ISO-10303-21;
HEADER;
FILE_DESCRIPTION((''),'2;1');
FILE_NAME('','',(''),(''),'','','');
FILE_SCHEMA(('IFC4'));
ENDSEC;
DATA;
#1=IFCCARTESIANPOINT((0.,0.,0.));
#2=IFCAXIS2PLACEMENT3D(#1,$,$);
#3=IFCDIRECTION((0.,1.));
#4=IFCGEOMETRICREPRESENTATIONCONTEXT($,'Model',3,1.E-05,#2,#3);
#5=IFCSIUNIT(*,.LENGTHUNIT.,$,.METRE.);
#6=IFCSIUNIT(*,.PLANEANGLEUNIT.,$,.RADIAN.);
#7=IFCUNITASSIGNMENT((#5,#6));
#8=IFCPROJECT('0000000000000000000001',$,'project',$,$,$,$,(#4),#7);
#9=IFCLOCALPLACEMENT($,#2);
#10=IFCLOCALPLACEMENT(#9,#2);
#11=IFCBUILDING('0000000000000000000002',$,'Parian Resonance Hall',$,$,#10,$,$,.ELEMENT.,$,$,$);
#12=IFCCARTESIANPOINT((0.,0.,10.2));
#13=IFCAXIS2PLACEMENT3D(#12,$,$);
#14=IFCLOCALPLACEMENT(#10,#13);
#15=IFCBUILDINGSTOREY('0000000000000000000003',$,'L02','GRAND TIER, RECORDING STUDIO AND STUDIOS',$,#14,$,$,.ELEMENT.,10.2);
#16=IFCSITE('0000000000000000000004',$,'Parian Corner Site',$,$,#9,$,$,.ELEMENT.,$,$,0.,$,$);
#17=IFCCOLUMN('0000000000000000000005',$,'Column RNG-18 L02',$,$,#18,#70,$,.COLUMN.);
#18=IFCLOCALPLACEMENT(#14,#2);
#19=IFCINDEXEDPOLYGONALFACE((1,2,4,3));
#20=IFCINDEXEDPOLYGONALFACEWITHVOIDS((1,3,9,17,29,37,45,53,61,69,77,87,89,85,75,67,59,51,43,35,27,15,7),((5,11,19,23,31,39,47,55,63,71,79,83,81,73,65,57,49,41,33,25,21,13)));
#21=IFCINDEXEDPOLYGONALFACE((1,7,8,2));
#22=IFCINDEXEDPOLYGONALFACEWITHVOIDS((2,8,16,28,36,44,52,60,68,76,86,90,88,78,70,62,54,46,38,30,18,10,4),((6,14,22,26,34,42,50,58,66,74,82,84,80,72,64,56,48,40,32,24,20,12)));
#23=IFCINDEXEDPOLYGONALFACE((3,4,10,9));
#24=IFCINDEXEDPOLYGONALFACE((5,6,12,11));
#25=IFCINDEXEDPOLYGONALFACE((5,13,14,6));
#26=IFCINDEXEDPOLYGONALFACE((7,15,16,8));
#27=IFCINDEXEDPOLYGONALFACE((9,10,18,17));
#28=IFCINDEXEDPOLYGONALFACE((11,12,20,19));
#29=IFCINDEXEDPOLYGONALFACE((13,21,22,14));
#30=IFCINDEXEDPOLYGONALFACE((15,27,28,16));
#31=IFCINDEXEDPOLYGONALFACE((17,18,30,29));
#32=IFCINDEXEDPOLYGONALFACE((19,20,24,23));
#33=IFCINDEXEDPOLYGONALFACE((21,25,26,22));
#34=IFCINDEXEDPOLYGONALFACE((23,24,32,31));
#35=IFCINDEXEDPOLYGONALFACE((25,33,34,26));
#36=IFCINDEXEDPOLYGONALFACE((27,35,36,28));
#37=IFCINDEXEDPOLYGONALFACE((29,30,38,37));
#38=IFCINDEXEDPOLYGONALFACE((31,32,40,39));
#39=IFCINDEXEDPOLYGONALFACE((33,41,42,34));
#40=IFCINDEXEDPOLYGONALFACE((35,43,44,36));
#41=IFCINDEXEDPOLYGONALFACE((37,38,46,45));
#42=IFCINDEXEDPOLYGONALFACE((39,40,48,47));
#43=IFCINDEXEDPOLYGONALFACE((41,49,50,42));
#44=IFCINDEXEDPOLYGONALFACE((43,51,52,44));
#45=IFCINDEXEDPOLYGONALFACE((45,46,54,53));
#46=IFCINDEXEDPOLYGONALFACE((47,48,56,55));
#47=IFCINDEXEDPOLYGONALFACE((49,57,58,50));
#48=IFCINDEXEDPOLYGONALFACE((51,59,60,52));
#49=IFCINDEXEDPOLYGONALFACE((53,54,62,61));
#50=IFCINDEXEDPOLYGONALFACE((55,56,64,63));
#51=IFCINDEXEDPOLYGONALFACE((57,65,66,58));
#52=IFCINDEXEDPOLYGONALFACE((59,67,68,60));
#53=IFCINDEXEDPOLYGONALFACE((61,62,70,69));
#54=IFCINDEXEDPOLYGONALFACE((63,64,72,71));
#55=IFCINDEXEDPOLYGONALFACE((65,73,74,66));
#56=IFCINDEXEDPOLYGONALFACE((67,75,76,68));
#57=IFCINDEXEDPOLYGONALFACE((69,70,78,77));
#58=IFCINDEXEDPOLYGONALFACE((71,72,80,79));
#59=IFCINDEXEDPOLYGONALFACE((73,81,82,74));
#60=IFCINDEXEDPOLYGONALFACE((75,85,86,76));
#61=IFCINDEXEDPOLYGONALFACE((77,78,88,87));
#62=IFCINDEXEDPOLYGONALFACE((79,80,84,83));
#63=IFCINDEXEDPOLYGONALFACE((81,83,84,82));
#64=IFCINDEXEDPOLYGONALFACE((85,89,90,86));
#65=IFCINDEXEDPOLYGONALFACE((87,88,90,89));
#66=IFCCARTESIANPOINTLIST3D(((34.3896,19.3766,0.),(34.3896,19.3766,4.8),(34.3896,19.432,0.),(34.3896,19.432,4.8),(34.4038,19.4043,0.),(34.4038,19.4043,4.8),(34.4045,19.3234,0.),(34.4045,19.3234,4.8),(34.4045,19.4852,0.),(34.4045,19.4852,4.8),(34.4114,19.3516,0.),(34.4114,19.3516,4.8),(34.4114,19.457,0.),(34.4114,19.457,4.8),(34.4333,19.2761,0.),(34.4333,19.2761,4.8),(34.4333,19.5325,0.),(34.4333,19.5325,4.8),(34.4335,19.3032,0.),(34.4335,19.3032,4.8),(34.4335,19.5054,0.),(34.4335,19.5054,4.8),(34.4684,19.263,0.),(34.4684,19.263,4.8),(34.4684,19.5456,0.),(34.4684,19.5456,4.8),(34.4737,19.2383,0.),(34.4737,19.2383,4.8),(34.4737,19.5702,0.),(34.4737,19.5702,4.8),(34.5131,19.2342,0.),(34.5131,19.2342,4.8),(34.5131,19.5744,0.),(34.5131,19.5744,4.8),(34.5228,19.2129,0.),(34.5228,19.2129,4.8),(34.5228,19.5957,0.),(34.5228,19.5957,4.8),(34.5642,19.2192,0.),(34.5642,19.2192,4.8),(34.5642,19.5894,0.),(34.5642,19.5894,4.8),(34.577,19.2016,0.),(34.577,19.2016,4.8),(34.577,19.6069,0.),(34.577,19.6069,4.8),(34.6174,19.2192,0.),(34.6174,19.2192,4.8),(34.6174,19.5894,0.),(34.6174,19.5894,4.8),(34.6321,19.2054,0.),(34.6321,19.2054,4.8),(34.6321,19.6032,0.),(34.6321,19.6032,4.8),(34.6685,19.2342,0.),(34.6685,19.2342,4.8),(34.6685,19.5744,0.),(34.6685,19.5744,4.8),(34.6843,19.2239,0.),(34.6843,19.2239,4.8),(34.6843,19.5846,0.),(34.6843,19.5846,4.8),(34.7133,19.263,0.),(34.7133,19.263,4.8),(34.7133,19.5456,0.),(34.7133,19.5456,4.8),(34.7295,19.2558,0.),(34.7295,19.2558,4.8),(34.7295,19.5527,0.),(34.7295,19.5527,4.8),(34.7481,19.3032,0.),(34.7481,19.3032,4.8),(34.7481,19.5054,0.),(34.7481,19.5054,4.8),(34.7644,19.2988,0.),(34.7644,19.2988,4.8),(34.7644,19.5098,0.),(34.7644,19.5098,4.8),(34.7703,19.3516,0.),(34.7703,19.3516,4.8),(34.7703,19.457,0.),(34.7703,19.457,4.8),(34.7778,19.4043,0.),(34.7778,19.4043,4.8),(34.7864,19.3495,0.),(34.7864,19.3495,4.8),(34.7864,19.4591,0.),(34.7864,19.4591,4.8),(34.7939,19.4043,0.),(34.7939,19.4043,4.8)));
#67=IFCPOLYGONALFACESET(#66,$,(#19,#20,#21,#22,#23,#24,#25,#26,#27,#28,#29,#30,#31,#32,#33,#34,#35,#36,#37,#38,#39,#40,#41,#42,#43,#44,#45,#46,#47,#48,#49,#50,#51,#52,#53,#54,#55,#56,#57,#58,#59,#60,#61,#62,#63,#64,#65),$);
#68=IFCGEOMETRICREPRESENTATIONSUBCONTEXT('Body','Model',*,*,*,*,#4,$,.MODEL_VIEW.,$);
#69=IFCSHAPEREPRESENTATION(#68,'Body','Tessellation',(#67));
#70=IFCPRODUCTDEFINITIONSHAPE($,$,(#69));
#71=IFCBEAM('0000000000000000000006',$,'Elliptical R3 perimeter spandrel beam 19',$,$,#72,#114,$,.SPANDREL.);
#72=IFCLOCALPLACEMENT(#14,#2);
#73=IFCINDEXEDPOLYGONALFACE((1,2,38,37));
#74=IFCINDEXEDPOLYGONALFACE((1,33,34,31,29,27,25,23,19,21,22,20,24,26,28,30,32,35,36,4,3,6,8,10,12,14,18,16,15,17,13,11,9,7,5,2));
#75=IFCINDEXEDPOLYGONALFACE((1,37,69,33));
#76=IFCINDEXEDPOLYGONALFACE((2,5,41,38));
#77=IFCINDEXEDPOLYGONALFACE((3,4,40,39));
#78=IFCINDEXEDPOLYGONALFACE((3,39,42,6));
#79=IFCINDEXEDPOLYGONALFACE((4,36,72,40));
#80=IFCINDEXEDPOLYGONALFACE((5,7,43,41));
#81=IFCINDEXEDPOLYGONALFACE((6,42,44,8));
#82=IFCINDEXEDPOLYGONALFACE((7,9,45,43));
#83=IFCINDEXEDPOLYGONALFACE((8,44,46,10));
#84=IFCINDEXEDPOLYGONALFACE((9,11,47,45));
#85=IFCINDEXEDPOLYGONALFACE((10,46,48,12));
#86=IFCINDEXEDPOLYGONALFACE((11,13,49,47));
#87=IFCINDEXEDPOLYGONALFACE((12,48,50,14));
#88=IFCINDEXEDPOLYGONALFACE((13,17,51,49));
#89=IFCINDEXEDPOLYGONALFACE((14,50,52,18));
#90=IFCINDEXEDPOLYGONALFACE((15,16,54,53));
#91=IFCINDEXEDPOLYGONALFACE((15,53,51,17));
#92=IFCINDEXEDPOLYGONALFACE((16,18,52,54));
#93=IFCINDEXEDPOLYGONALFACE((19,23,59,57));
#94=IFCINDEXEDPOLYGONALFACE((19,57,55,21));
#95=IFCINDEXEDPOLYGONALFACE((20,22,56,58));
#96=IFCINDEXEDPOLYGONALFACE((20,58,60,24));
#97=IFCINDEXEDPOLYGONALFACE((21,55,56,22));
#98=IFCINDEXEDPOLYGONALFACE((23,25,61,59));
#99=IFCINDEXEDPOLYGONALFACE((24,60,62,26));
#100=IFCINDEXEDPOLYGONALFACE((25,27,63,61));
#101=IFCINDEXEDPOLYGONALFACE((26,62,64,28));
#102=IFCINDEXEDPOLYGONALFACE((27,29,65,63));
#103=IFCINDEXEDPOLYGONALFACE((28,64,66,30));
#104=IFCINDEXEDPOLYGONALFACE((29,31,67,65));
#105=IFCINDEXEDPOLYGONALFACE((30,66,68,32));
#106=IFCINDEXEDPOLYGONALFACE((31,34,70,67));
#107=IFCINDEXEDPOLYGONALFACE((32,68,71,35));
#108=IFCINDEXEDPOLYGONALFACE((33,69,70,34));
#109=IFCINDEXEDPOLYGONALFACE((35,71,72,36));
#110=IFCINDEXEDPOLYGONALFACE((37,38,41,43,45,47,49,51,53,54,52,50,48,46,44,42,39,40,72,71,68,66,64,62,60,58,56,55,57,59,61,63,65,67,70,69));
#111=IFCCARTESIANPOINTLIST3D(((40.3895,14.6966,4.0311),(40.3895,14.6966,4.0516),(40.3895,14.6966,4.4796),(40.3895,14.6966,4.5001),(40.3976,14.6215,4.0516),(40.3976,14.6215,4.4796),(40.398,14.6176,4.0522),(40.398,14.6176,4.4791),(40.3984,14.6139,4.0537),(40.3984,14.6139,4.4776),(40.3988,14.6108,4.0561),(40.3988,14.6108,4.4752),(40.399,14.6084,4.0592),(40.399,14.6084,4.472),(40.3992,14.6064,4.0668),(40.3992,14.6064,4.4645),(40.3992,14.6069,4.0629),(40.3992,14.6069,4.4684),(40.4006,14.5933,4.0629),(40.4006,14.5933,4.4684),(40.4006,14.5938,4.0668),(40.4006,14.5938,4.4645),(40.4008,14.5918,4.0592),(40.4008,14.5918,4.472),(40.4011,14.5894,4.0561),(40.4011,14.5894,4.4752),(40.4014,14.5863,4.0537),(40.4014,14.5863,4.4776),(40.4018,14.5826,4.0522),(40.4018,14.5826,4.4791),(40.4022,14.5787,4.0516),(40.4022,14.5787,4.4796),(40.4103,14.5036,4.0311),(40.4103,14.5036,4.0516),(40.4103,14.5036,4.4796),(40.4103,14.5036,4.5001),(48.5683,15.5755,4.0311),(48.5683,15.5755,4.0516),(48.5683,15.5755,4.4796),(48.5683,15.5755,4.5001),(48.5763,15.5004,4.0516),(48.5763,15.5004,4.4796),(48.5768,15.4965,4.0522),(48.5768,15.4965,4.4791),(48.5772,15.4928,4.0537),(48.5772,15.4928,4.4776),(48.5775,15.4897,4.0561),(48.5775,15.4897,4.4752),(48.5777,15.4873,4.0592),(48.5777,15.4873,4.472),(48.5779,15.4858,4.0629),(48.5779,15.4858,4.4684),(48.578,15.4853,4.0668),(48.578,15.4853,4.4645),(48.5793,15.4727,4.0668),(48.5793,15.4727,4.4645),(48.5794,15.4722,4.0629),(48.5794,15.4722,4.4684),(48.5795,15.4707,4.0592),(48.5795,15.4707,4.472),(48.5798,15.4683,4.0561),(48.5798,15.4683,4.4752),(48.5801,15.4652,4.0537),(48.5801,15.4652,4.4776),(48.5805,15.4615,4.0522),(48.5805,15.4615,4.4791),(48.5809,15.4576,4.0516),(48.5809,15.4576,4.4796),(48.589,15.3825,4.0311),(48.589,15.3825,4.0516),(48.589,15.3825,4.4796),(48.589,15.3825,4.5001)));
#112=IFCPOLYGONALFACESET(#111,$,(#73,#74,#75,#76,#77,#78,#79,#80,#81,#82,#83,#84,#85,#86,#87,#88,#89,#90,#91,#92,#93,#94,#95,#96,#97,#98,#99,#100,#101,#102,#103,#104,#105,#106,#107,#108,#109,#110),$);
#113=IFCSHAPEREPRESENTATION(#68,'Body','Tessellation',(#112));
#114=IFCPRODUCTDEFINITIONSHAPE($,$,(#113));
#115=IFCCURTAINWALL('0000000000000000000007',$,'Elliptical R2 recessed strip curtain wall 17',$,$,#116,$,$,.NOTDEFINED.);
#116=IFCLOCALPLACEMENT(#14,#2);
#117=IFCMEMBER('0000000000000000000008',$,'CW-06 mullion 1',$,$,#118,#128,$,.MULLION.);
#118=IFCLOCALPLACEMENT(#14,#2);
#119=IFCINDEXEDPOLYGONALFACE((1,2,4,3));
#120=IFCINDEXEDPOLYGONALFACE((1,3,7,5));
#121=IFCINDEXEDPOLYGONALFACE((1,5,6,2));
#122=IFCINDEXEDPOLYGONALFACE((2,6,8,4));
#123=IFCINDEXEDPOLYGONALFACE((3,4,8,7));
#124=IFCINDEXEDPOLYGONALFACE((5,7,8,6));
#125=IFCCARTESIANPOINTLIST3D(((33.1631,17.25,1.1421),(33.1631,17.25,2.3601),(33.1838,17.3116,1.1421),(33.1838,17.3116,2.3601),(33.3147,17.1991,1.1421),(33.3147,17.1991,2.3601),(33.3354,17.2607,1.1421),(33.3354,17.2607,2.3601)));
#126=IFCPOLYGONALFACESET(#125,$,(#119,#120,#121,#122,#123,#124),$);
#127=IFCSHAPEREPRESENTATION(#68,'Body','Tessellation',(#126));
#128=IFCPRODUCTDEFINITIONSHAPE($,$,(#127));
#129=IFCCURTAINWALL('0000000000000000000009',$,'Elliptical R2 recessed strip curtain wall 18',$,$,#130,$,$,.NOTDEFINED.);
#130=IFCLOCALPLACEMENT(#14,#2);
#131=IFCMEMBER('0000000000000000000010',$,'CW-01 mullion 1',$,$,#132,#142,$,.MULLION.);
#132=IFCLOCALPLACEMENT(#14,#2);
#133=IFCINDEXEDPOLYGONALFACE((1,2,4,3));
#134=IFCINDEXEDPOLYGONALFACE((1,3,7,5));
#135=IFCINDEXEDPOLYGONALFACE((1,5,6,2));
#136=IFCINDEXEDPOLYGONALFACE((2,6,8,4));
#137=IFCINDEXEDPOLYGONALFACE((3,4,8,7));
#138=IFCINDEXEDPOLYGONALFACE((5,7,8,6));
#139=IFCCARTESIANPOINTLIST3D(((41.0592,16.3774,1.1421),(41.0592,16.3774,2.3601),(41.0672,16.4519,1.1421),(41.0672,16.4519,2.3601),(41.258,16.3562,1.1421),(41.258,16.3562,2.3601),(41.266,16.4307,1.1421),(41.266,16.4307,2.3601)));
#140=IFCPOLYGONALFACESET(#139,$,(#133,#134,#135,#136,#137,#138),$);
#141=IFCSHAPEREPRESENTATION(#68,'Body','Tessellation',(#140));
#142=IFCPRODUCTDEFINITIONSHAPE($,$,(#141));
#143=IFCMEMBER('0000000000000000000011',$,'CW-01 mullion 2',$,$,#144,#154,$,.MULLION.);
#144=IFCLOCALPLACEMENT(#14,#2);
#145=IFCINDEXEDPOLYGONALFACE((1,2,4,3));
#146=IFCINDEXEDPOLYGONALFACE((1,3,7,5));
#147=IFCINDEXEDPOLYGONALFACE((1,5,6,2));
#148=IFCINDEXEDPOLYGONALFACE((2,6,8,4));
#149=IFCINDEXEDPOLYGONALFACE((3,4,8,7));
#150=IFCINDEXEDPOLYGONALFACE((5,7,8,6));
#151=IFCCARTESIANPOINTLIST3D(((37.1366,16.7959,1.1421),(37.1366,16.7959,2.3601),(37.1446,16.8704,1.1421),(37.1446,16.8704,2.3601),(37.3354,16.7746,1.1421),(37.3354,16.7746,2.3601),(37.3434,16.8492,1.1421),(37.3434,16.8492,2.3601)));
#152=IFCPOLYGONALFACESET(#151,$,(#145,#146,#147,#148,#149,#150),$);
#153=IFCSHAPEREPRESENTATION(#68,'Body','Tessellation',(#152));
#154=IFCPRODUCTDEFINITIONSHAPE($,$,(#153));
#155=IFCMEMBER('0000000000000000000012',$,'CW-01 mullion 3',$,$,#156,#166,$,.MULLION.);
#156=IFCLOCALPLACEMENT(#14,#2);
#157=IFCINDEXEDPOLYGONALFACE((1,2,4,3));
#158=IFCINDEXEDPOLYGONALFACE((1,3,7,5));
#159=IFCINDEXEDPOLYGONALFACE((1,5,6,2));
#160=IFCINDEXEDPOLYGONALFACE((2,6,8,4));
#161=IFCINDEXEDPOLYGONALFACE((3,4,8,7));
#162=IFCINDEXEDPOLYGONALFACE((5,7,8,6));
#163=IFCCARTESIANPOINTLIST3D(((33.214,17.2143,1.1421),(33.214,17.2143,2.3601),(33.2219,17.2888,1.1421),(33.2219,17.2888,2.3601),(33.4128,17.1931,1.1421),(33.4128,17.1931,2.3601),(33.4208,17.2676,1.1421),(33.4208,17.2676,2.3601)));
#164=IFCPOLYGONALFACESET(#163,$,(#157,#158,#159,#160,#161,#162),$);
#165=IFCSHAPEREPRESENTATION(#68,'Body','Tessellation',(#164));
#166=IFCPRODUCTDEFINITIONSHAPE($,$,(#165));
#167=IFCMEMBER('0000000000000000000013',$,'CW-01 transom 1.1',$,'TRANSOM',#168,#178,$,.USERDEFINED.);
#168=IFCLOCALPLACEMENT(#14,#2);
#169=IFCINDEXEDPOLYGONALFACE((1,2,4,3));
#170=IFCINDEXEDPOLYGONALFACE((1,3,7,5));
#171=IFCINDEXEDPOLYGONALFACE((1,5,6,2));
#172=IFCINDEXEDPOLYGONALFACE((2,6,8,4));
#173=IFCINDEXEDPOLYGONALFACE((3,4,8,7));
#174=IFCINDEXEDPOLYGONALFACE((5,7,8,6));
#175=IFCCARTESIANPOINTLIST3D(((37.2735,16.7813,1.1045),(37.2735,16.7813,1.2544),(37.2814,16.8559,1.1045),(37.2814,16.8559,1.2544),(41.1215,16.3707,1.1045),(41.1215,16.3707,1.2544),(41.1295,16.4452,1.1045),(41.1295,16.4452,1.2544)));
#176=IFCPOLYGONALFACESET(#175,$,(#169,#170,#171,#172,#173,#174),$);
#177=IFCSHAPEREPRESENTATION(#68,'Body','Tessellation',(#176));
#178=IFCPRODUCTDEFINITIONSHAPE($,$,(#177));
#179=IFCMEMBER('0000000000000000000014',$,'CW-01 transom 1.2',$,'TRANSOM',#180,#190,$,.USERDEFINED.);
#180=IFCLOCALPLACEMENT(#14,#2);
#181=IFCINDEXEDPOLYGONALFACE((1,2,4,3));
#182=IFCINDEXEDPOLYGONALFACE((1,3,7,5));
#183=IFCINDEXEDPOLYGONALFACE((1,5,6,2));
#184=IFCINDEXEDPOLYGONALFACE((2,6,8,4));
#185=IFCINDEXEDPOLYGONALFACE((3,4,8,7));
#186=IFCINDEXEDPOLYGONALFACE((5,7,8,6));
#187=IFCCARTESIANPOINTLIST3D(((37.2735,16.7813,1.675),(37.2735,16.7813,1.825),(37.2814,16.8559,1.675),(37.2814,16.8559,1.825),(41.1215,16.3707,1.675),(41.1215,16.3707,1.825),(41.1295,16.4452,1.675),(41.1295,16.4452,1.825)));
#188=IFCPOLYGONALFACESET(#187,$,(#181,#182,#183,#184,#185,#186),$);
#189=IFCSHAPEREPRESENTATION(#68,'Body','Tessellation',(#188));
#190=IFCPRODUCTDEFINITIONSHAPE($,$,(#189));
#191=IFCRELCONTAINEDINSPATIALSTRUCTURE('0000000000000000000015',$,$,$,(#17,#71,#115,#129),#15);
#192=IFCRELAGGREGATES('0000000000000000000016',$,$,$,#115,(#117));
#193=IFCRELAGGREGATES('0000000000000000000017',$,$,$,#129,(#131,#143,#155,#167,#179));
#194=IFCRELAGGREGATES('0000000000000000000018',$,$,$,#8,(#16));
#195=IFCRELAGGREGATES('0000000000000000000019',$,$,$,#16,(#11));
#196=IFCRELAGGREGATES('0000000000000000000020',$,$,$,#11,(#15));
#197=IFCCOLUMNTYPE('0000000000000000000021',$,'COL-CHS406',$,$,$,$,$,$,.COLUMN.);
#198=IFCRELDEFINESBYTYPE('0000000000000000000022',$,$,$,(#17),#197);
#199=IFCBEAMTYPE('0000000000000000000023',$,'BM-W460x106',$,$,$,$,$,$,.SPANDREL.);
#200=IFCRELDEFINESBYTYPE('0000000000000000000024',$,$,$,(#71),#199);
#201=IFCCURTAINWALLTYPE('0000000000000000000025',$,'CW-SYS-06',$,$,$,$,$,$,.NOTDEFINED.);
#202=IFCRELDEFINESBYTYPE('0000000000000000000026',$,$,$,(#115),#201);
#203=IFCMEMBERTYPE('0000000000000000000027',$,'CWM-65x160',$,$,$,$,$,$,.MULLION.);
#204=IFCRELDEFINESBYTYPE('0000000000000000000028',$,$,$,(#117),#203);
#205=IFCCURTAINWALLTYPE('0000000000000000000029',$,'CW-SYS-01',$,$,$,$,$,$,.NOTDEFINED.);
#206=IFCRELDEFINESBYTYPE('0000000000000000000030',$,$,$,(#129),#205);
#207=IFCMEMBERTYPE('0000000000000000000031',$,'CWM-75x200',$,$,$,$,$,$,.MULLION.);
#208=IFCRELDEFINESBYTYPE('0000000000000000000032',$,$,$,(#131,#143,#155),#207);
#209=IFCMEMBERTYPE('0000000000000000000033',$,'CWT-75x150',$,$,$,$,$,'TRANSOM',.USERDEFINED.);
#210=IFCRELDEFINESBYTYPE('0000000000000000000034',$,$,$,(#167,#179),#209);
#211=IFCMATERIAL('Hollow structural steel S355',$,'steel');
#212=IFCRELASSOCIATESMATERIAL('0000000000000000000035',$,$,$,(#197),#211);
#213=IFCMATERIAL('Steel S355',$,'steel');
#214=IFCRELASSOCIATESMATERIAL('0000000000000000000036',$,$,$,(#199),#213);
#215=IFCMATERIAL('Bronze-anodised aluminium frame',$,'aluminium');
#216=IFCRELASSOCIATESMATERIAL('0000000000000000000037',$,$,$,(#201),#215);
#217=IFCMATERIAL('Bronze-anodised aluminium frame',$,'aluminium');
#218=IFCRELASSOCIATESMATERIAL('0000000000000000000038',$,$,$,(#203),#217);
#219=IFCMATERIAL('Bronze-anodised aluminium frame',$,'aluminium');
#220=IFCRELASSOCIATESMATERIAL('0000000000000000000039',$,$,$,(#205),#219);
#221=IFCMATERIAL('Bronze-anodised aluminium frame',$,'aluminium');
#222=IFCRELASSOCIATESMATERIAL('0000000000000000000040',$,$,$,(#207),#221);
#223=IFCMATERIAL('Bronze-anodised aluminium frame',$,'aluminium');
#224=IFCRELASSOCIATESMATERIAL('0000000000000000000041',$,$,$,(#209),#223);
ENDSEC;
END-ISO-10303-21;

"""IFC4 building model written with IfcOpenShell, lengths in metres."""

from ifc_helpers import new_model, si_unit, direction, frame, origin, origin_2d, place, context, subcontext, project, spatial, rectangle, hollow_circle, i_section, extrude, material, material_profile, profile_set, type_object, element, aggregate, save


model = new_model("IFC4")

# Units and contexts
model_context = context("Model", 3, precision=1e-05, world=origin(), true_north=direction((0.0, 1.0)))
body_context = subcontext(model_context, "Body", "Model", "MODEL_VIEW")
ifc_project = project(units=[si_unit("LENGTHUNIT", "METRE"), si_unit("PLANEANGLEUNIT", "RADIAN")], contexts=[model_context])

# Site, building, storey
site_placement = place(None, origin())
site = spatial("IfcSite", under=ifc_project, at=site_placement, Name="Parian Corner Site", CompositionType="ELEMENT", RefElevation=0.0)
building_placement = place(site_placement, origin())
building = spatial("IfcBuilding", under=site, at=building_placement, Name="Parian Resonance Hall", CompositionType="ELEMENT")
storey_placement = place(building_placement, frame((0.0, 0.0, 10.2)))
storey = spatial("IfcBuildingStorey", under=building, at=storey_placement, Name="L02", Description="GRAND TIER, RECORDING STUDIO AND STUDIOS", CompositionType="ELEMENT", Elevation=10.2)

# Column
ifc_material_1 = material(Name="Hollow structural steel S355", Category="steel")
ifc_material_profile_1 = material_profile(ifc_material_1, hollow_circle(Radius=0.2031, WallThickness=0.0161, at=origin_2d()), Name="CHS406.4x16")
ifc_profile_set_1 = profile_set([ifc_material_profile_1], Name="Hollow structural steel S355")
column_type = type_object("IfcColumnType", Name="COL-CHS406", PredefinedType="COLUMN", material=ifc_profile_set_1)
column_placement = place(storey_placement, frame((34.5908, 19.4043, 0.0), z_axis=(0.0, 0.0, 1.0), x_axis=(1.0, 0.0, 0.0)))
element("IfcColumn", 1, at=column_placement, inside=storey, type_object=column_type, Name="Column RNG-18 L02", PredefinedType="COLUMN", context=body_context, shape_type="SweptSolid", body=[
    extrude(hollow_circle(Radius=0.2031, WallThickness=0.0161, at=origin_2d()), origin(), (0.0, 0.0, 1.0), 4.8),
])

# Beam
ifc_material_2 = material(Name="Steel S355", Category="steel")
ifc_material_profile_2 = material_profile(ifc_material_2, i_section(OverallWidth=0.1941, OverallDepth=0.469, WebThickness=0.0127, FlangeThickness=0.0205, FilletRadius=0.0151, at=origin_2d()), Name="W460x106")
ifc_profile_set_2 = profile_set([ifc_material_profile_2], Name="Steel S355")
beam_type = type_object("IfcBeamType", Name="BM-W460x106", PredefinedType="SPANDREL", material=ifc_profile_set_2)
beam_placement = place(storey_placement, frame((40.3999, 14.6001, 4.2656), z_axis=(0.994275, 0.106848, 0.0), x_axis=(-0.106848, 0.994275, 0.0)))
element("IfcBeam", 2, at=beam_placement, inside=storey, type_object=beam_type, Name="Elliptical R3 perimeter spandrel beam 19", PredefinedType="SPANDREL", context=body_context, shape_type="SweptSolid", body=[
    extrude(i_section(OverallWidth=0.1941, OverallDepth=0.469, WebThickness=0.0127, FlangeThickness=0.0205, FilletRadius=0.0151, at=origin_2d()), origin(), (0.0, 0.0, 1.0), 8.2258),
])

# Curtain wall, member
ifc_material_3 = material(Name="Bronze-anodised aluminium frame", Category="aluminium")
curtain_wall_type_1 = type_object("IfcCurtainWallType", Name="CW-SYS-06", PredefinedType="NOTDEFINED", material=ifc_material_3)
curtain_wall_1_placement = place(storey_placement, origin())
curtain_wall_1 = element("IfcCurtainWall", 3, at=curtain_wall_1_placement, inside=storey, type_object=curtain_wall_type_1, Name="Elliptical R2 recessed strip curtain wall 17", PredefinedType="NOTDEFINED")
ifc_material_4 = material(Name="Bronze-anodised aluminium frame", Category="aluminium")
ifc_material_profile_3 = material_profile(ifc_material_4, rectangle(XDim=0.0649, YDim=0.1599, at=origin_2d()), Name="CWM-65x160")
ifc_profile_set_3 = profile_set([ifc_material_profile_3], Name="Bronze-anodised aluminium frame")
member_type_1 = type_object("IfcMemberType", Name="CWM-65x160", PredefinedType="MULLION", material=ifc_profile_set_3)
member_1_placement = place(storey_placement, frame((33.2493, 17.2554, 1.1421), z_axis=(0.0, 0.0, 1.0), x_axis=(-0.318258, -0.948004, 0.0)))
member_1 = element("IfcMember", 4, at=member_1_placement, type_object=member_type_1, Name="CW-06 mullion 1", PredefinedType="MULLION", context=body_context, shape_type="SweptSolid", body=[
    extrude(rectangle(XDim=0.0649, YDim=0.1599, at=origin_2d()), origin(), (0.0, 0.0, 1.0), 1.218),
])
aggregate(curtain_wall_1, [member_1])

# Curtain wall, members
ifc_material_5 = material(Name="Bronze-anodised aluminium frame", Category="aluminium")
curtain_wall_type_2 = type_object("IfcCurtainWallType", Name="CW-SYS-01", PredefinedType="NOTDEFINED", material=ifc_material_5)
curtain_wall_2_placement = place(storey_placement, origin())
curtain_wall_2 = element("IfcCurtainWall", 5, at=curtain_wall_2_placement, inside=storey, type_object=curtain_wall_type_2, Name="Elliptical R2 recessed strip curtain wall 18", PredefinedType="NOTDEFINED")
ifc_material_6 = material(Name="Bronze-anodised aluminium frame", Category="aluminium")
ifc_material_profile_4 = material_profile(ifc_material_6, rectangle(XDim=0.075, YDim=0.2, at=origin_2d()), Name="CWM-75x200")
ifc_profile_set_4 = profile_set([ifc_material_profile_4], Name="Bronze-anodised aluminium frame")
member_type_2 = type_object("IfcMemberType", Name="CWM-75x200", PredefinedType="MULLION", material=ifc_profile_set_4)
member_2_placement = place(storey_placement, frame((41.1626, 16.4041, 1.1421), z_axis=(0.0, 0.0, 1.0), x_axis=(-0.106091, -0.994356, 0.0)))
member_2 = element("IfcMember", 6, at=member_2_placement, type_object=member_type_2, Name="CW-01 mullion 1", PredefinedType="MULLION", context=body_context, shape_type="SweptSolid", body=[
    extrude(rectangle(XDim=0.075, YDim=0.2, at=origin_2d()), origin(), (0.0, 0.0, 1.0), 1.218),
])
member_3_placement = place(storey_placement, frame((37.24, 16.8225, 1.1421), z_axis=(0.0, 0.0, 1.0), x_axis=(-0.106091, -0.994356, 0.0)))
member_3 = element("IfcMember", 7, at=member_3_placement, type_object=member_type_2, Name="CW-01 mullion 2", PredefinedType="MULLION", context=body_context, shape_type="SweptSolid", body=[
    extrude(rectangle(XDim=0.075, YDim=0.2, at=origin_2d()), origin(), (0.0, 0.0, 1.0), 1.218),
])
member_4_placement = place(storey_placement, frame((33.3174, 17.241, 1.1421), z_axis=(0.0, 0.0, 1.0), x_axis=(-0.106091, -0.994356, 0.0)))
member_4 = element("IfcMember", 8, at=member_4_placement, type_object=member_type_2, Name="CW-01 mullion 3", PredefinedType="MULLION", context=body_context, shape_type="SweptSolid", body=[
    extrude(rectangle(XDim=0.075, YDim=0.2, at=origin_2d()), origin(), (0.0, 0.0, 1.0), 1.218),
])
ifc_material_7 = material(Name="Bronze-anodised aluminium frame", Category="aluminium")
ifc_material_profile_5 = material_profile(ifc_material_7, rectangle(XDim=0.075, YDim=0.1499, at=origin_2d()), Name="CWT-75x150")
ifc_profile_set_5 = profile_set([ifc_material_profile_5], Name="Bronze-anodised aluminium frame")
member_type_3 = type_object("IfcMemberType", Name="CWT-75x150", ElementType="TRANSOM", PredefinedType="USERDEFINED", material=ifc_profile_set_5)
member_5_placement = place(storey_placement, frame((41.1255, 16.408, 1.1794), z_axis=(-0.994354, 0.10611, 0.0), x_axis=(-0.10611, -0.994354, 0.0)))
member_5 = element("IfcMember", 9, at=member_5_placement, type_object=member_type_3, Name="CW-01 transom 1.1", ObjectType="TRANSOM", PredefinedType="USERDEFINED", context=body_context, shape_type="SweptSolid", body=[
    extrude(rectangle(XDim=0.075, YDim=0.1499, at=origin_2d()), origin(), (0.0, 0.0, 1.0), 3.8699),
])
member_6_placement = place(storey_placement, frame((41.1255, 16.408, 1.75), z_axis=(-0.994354, 0.10611, 0.0), x_axis=(-0.10611, -0.994354, 0.0)))
member_6 = element("IfcMember", 10, at=member_6_placement, type_object=member_type_3, Name="CW-01 transom 1.2", ObjectType="TRANSOM", PredefinedType="USERDEFINED", context=body_context, shape_type="SweptSolid", body=[
    extrude(rectangle(XDim=0.075, YDim=0.1499, at=origin_2d()), origin(), (0.0, 0.0, 1.0), 3.8699),
])

aggregate(curtain_wall_2, [member_2, member_3, member_4, member_5, member_6])

save(model, "model.ifc")
